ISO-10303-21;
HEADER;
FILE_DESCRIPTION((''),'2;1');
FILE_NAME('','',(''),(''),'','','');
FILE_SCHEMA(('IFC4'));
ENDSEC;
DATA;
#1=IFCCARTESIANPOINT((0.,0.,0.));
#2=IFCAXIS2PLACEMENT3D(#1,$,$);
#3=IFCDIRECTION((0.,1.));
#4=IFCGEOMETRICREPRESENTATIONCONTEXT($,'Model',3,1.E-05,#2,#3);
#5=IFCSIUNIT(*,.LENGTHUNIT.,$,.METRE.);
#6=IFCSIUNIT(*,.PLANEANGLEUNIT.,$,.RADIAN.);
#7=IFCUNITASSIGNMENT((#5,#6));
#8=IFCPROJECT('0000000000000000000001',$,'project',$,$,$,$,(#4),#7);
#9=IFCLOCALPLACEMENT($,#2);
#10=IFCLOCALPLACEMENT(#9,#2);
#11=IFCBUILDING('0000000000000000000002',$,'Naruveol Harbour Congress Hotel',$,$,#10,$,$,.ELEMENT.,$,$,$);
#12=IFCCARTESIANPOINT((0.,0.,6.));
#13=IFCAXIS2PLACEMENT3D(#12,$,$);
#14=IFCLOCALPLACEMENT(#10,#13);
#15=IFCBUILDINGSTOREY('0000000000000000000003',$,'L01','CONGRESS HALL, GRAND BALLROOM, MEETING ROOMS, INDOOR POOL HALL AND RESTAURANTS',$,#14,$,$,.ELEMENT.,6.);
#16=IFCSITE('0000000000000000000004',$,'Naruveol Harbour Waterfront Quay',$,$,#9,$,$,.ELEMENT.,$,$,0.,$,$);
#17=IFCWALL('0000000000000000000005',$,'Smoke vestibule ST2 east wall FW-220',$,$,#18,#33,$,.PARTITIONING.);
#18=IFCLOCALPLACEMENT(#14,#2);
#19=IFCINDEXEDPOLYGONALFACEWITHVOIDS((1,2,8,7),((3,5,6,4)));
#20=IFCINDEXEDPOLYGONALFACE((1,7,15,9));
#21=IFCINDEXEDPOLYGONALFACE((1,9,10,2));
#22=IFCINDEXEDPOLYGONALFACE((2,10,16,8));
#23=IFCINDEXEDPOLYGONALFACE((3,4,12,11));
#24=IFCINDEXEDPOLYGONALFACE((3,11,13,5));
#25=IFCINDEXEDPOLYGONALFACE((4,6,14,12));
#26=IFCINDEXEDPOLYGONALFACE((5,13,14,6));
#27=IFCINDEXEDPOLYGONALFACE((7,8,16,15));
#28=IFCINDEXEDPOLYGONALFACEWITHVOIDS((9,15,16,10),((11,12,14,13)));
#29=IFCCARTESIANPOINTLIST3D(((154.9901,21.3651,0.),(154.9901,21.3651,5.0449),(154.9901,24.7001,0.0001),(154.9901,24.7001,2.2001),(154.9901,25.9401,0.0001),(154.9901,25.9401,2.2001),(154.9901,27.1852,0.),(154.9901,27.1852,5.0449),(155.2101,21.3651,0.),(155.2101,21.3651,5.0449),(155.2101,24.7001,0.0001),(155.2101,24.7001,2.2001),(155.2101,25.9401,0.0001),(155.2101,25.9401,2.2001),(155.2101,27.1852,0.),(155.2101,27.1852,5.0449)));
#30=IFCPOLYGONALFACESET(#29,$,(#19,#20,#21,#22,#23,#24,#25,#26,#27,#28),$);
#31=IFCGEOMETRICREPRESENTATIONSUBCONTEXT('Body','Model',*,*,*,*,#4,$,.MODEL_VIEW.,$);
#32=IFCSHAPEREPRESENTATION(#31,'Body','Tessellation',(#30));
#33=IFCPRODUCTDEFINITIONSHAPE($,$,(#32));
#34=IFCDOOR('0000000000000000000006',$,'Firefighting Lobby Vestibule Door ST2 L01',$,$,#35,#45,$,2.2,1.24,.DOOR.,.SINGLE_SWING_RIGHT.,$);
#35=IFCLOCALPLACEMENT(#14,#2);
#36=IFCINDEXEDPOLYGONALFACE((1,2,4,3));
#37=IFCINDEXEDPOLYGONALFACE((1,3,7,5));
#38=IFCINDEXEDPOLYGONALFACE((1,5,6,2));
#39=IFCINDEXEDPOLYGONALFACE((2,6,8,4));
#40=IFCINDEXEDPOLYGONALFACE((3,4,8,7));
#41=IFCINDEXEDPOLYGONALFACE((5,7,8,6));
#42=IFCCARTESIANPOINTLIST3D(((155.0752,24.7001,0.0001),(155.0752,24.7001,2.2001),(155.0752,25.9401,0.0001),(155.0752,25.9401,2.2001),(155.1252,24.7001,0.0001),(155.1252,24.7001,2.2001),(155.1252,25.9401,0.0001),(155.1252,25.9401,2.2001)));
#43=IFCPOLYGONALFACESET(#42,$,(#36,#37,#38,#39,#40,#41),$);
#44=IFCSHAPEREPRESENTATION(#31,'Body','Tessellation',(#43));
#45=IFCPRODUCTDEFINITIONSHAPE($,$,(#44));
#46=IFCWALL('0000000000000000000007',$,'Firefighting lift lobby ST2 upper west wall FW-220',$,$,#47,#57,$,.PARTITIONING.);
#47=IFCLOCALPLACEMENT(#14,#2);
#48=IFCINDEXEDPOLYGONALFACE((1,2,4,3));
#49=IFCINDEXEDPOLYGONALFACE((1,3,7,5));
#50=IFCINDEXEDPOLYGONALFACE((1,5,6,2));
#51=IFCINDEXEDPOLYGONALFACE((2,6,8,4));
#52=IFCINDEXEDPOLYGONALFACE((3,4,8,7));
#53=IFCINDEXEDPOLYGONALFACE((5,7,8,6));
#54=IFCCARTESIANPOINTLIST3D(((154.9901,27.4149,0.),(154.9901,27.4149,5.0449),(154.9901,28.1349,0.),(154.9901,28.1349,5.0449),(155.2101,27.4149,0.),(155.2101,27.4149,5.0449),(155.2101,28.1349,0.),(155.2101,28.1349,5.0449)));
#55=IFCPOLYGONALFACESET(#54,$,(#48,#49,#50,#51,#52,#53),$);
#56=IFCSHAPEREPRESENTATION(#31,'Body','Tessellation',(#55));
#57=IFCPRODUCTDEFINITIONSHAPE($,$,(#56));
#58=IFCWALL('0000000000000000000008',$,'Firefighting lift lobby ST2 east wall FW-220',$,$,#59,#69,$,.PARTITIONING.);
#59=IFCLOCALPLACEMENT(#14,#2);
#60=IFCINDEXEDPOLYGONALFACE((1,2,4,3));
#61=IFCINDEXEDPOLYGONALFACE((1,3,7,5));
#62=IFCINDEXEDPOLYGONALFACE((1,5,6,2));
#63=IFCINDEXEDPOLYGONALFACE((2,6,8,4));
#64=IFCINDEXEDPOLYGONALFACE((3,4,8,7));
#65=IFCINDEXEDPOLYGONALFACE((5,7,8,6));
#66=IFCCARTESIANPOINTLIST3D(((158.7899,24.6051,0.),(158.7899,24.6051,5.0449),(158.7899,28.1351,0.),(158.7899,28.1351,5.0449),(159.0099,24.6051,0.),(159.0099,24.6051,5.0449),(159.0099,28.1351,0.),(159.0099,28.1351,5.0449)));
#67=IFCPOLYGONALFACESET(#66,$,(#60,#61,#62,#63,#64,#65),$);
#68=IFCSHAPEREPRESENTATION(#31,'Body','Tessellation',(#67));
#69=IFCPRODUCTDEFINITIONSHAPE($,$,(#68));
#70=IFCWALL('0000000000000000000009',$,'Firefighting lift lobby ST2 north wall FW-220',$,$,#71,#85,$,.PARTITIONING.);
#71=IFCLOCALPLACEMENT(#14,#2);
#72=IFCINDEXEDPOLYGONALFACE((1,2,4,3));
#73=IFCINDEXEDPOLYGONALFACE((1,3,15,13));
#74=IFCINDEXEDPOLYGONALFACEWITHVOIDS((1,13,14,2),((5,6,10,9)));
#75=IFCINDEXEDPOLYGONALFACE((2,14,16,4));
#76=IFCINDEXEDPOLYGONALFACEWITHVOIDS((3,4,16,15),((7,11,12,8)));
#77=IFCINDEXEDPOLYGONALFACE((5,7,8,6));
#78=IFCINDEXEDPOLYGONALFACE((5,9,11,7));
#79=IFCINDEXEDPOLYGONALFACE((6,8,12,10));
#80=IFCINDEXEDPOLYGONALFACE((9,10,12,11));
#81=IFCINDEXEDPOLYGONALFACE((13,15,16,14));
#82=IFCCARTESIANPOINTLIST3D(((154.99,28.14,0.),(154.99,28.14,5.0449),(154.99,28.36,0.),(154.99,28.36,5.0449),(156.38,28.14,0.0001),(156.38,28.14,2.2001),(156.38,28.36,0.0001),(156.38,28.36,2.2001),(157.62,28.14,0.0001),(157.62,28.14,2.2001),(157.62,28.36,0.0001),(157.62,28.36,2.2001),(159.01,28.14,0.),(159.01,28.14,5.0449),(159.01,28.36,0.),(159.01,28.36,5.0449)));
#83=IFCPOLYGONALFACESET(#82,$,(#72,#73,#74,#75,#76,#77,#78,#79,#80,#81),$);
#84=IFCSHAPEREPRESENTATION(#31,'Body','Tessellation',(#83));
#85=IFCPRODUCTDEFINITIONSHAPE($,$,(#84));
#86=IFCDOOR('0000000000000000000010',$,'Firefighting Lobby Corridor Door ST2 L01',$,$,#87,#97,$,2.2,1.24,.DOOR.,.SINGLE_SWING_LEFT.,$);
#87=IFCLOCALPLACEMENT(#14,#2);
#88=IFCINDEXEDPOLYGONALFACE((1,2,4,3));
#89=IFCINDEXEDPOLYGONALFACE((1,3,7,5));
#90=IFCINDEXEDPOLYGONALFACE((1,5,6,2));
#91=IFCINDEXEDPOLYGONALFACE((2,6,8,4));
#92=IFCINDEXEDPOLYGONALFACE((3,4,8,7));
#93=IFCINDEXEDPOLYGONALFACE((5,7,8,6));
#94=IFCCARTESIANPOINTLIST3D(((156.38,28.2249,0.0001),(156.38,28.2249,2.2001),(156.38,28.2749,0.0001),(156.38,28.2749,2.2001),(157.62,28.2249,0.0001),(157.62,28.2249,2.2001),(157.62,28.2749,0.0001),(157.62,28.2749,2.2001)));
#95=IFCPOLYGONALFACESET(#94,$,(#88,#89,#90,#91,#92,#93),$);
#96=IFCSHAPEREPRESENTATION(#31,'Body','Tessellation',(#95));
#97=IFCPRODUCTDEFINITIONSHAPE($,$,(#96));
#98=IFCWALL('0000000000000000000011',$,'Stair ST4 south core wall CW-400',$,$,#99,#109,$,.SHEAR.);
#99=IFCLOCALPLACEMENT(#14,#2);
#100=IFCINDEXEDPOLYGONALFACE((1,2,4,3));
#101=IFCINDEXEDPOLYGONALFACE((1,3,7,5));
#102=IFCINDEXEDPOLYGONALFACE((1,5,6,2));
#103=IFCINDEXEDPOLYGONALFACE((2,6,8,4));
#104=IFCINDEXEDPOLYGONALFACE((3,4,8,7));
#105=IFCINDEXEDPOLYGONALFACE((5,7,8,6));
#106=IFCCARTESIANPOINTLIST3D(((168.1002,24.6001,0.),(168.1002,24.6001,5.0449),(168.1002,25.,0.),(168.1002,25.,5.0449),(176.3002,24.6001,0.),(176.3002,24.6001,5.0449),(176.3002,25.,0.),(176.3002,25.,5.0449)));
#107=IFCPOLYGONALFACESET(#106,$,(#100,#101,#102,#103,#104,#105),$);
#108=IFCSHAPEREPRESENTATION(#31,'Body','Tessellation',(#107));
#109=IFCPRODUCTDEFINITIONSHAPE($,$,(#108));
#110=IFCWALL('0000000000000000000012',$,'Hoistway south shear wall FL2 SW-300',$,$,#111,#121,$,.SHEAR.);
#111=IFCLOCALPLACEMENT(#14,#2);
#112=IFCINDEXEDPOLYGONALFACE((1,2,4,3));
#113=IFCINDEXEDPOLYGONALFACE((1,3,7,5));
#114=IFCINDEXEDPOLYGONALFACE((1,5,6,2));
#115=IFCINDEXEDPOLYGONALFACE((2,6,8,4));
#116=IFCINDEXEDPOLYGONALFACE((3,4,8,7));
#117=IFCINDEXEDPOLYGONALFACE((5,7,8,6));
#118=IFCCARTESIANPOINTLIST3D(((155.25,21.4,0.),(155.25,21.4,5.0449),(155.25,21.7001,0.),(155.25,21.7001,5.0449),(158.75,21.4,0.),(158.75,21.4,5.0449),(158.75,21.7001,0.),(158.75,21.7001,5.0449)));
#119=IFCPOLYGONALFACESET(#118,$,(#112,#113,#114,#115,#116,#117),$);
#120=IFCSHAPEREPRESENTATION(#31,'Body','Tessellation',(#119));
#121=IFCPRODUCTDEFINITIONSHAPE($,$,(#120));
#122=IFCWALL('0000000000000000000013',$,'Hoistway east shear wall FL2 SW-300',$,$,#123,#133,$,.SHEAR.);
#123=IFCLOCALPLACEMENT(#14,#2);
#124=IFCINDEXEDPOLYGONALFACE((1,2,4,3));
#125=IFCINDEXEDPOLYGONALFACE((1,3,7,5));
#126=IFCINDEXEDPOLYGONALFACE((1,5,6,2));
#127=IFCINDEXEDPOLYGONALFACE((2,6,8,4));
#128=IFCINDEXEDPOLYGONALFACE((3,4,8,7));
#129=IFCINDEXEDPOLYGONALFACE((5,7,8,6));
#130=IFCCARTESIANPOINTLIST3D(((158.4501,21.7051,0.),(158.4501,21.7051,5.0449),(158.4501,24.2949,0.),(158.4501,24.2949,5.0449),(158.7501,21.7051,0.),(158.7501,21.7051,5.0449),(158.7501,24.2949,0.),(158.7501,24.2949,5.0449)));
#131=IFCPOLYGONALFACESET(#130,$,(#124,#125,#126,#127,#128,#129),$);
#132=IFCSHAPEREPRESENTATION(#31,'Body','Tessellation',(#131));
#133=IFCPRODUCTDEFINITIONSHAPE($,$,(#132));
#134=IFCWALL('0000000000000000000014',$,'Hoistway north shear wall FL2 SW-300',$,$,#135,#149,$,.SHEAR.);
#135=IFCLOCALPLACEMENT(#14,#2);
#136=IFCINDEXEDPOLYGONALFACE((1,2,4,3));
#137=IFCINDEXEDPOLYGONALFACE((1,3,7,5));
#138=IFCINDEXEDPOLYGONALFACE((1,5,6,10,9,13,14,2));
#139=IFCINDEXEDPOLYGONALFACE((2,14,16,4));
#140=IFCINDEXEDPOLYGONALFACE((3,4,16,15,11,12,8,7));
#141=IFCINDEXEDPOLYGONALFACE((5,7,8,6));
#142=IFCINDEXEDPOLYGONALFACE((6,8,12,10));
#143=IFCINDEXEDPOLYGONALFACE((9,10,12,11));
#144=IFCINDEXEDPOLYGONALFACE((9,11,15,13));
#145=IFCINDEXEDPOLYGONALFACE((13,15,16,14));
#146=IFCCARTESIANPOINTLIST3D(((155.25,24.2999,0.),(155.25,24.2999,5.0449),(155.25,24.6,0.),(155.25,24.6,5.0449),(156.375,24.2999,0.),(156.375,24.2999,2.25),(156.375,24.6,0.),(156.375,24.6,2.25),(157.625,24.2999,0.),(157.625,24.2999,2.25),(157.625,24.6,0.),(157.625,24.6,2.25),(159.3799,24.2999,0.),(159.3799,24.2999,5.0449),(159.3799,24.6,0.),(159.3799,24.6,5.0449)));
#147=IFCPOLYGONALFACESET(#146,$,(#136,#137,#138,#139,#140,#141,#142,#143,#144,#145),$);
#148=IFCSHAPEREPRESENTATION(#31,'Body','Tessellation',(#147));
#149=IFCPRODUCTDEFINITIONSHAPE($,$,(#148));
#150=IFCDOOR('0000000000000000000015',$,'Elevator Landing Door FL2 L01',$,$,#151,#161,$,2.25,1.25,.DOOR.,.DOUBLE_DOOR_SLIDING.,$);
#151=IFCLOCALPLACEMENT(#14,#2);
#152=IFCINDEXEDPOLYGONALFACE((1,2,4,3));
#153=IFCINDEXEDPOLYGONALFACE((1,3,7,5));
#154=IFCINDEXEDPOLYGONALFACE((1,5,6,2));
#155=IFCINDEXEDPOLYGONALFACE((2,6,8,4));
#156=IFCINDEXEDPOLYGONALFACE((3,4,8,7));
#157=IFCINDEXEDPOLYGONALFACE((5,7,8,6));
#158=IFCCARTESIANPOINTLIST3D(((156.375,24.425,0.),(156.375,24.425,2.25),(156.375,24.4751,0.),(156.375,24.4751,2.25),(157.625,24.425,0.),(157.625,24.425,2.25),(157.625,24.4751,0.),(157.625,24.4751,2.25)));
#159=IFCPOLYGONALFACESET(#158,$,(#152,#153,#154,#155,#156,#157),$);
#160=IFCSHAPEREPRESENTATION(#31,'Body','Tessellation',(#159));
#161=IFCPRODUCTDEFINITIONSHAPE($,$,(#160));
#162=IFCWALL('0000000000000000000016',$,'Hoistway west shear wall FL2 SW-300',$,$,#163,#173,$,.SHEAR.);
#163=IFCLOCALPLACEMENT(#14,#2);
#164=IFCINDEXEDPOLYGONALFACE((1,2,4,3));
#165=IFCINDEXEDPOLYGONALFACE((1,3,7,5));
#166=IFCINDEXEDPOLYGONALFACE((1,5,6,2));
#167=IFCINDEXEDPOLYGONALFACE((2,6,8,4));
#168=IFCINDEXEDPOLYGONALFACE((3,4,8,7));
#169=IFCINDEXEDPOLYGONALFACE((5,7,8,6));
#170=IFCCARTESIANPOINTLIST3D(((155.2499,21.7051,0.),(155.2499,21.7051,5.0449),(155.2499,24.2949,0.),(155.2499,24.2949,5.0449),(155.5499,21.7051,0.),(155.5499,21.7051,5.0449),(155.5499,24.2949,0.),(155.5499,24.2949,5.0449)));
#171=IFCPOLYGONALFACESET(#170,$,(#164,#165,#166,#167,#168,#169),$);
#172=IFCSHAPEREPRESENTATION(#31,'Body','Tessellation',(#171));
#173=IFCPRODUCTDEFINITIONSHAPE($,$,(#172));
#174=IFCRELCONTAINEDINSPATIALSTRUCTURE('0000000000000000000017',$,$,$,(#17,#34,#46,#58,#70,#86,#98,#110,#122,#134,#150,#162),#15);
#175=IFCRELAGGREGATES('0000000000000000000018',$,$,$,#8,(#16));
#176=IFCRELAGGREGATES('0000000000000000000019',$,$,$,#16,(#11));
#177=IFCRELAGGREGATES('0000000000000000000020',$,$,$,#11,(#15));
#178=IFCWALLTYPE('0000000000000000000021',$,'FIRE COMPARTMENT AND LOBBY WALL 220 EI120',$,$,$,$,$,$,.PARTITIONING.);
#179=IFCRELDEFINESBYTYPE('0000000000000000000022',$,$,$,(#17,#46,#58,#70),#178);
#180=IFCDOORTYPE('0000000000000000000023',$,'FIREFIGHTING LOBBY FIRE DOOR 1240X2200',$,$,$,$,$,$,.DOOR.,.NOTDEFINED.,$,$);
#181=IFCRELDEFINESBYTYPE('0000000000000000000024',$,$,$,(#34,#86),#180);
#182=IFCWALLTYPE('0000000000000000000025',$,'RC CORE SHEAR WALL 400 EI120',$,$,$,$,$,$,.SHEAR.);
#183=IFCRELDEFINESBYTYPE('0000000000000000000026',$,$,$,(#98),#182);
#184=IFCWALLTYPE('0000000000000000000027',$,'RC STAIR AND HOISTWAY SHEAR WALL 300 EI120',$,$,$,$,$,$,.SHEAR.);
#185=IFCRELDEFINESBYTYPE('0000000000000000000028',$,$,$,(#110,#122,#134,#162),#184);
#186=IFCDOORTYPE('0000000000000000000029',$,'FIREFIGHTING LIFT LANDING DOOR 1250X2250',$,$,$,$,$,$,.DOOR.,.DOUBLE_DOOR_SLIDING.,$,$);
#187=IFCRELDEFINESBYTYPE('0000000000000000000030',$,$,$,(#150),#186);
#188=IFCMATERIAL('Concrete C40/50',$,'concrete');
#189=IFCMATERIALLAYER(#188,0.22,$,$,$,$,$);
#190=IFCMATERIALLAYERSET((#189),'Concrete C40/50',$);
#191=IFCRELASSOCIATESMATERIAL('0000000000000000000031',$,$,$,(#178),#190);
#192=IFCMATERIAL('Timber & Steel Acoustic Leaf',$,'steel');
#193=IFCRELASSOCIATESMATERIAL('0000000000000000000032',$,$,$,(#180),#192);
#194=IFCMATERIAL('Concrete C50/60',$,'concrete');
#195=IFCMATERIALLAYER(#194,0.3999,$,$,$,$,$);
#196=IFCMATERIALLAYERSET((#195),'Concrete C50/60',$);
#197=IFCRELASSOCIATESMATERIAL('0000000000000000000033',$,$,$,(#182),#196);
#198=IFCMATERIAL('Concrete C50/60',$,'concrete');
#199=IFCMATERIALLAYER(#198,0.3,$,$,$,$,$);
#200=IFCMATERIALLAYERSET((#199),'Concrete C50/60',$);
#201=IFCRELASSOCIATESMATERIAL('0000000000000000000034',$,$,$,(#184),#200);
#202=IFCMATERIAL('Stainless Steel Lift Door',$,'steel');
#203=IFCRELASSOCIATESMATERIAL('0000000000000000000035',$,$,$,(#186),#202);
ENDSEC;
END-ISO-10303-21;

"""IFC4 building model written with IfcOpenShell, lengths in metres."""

from ifc_helpers import new_model, si_unit, direction, frame, frame_2d, origin, place, context, subcontext, project, spatial, rectangle, extrude, material, layer, layer_set, type_object, element, fill, save


model = new_model("IFC4")

# Units and contexts
model_context = context("Model", 3, precision=1e-05, world=origin(), true_north=direction((0.0, 1.0)))
body_context = subcontext(model_context, "Body", "Model", "MODEL_VIEW")
ifc_project = project(units=[si_unit("LENGTHUNIT", "METRE"), si_unit("PLANEANGLEUNIT", "RADIAN")], contexts=[model_context])

# Site, building, storey
site_placement = place(None, origin())
site = spatial("IfcSite", under=ifc_project, at=site_placement, Name="Naruveol Harbour Waterfront Quay", CompositionType="ELEMENT", RefElevation=0.0)
building_placement = place(site_placement, origin())
building = spatial("IfcBuilding", under=site, at=building_placement, Name="Naruveol Harbour Congress Hotel", CompositionType="ELEMENT")
storey_placement = place(building_placement, frame((0.0, 0.0, 6.0)))
storey = spatial("IfcBuildingStorey", under=building, at=storey_placement, Name="L01", Description="CONGRESS HALL, GRAND BALLROOM, MEETING ROOMS, INDOOR POOL HALL AND RESTAURANTS", CompositionType="ELEMENT", Elevation=6.0)

# Wall, opening, door
ifc_material_1 = material(Name="Concrete C40/50", Category="concrete")
ifc_layer_1 = layer(ifc_material_1, 0.22)
ifc_layer_set_1 = layer_set([ifc_layer_1], Name="Concrete C40/50")
wall_type_1 = type_object("IfcWallType", Name="FIRE COMPARTMENT AND LOBBY WALL 220 EI120", PredefinedType="PARTITIONING", material=ifc_layer_set_1)
wall_1_placement = place(storey_placement, frame((155.1001, 21.365, 0.0), z_axis=(0.0, 0.0, 1.0), x_axis=(0.0, 1.0, 0.0)))
wall_1 = element("IfcWall", 1, at=wall_1_placement, inside=storey, type_object=wall_type_1, Name="Smoke vestibule ST2 east wall FW-220", PredefinedType="PARTITIONING", context=body_context, shape_type="SweptSolid", body=[
    extrude(rectangle(XDim=5.8201, YDim=0.22, at=frame_2d((2.9102, 0.0))), origin(), (0.0, 0.0, 1.0), 5.0449),
])
opening_1_placement = place(wall_1_placement, frame((3.335, 0.0, 0.0)))
opening_1 = element("IfcOpeningElement", 2, at=opening_1_placement, cuts=wall_1, PredefinedType="OPENING", context=body_context, shape_type="SweptSolid", body=[
    extrude(rectangle(XDim=1.24, YDim=2.2, at=frame_2d((0.6201, 1.1001))), frame((0.0, 0.1199, 0.0), z_axis=(0.0, -1.0, 0.0), x_axis=(1.0, 0.0, 0.0)), (0.0, 0.0, 1.0), 0.24),
])
ifc_material_2 = material(Name="Timber & Steel Acoustic Leaf", Category="steel")
door_type_1 = type_object("IfcDoorType", Name="FIREFIGHTING LOBBY FIRE DOOR 1240X2200", OperationType="NOTDEFINED", PredefinedType="DOOR", material=ifc_material_2)
door_1_placement = place(opening_1_placement, origin())
door_1 = element("IfcDoor", 3, at=door_1_placement, inside=storey, type_object=door_type_1, Name="Firefighting Lobby Vestibule Door ST2 L01", OperationType="SINGLE_SWING_RIGHT", OverallHeight=2.2, OverallWidth=1.24, PredefinedType="DOOR", context=body_context, shape_type="SweptSolid", body=[
    extrude(rectangle(XDim=1.24, YDim=2.2, at=frame_2d((0.6201, 1.1001))), frame((0.0, 0.0249, 0.0), z_axis=(0.0, -1.0, 0.0), x_axis=(1.0, 0.0, 0.0)), (0.0, 0.0, 1.0), 0.05),
])
fill(opening_1, door_1)

# Walls
wall_2_placement = place(storey_placement, frame((155.1001, 27.415, 0.0), z_axis=(0.0, 0.0, 1.0), x_axis=(0.0, 1.0, 0.0)))
element("IfcWall", 4, at=wall_2_placement, inside=storey, type_object=wall_type_1, Name="Firefighting lift lobby ST2 upper west wall FW-220", PredefinedType="PARTITIONING", context=body_context, shape_type="SweptSolid", body=[
    extrude(rectangle(XDim=0.72, YDim=0.22, at=frame_2d((0.3599, 0.0))), origin(), (0.0, 0.0, 1.0), 5.0449),
])
wall_3_placement = place(storey_placement, frame((158.8999, 24.605, 0.0), z_axis=(0.0, 0.0, 1.0), x_axis=(0.0, 1.0, 0.0)))
element("IfcWall", 5, at=wall_3_placement, inside=storey, type_object=wall_type_1, Name="Firefighting lift lobby ST2 east wall FW-220", PredefinedType="PARTITIONING", context=body_context, shape_type="SweptSolid", body=[
    extrude(rectangle(XDim=3.53, YDim=0.22, at=frame_2d((1.7651, 0.0))), origin(), (0.0, 0.0, 1.0), 5.0449),
])

# Wall, opening, door
wall_4_placement = place(storey_placement, frame((154.99, 28.25, 0.0), z_axis=(0.0, 0.0, 1.0), x_axis=(1.0, 0.0, 0.0)))
wall_4 = element("IfcWall", 6, at=wall_4_placement, inside=storey, type_object=wall_type_1, Name="Firefighting lift lobby ST2 north wall FW-220", PredefinedType="PARTITIONING", context=body_context, shape_type="SweptSolid", body=[
    extrude(rectangle(XDim=4.02, YDim=0.22, at=frame_2d((2.01, 0.0))), origin(), (0.0, 0.0, 1.0), 5.0449),
])
opening_2_placement = place(wall_4_placement, frame((1.3899, 0.0, 0.0)))
opening_2 = element("IfcOpeningElement", 7, at=opening_2_placement, cuts=wall_4, PredefinedType="OPENING", context=body_context, shape_type="SweptSolid", body=[
    extrude(rectangle(XDim=1.24, YDim=2.2, at=frame_2d((0.6201, 1.1001))), frame((0.0, 0.1199, 0.0), z_axis=(0.0, -1.0, 0.0), x_axis=(1.0, 0.0, 0.0)), (0.0, 0.0, 1.0), 0.24),
])
door_2_placement = place(opening_2_placement, origin())
door_2 = element("IfcDoor", 8, at=door_2_placement, inside=storey, type_object=door_type_1, Name="Firefighting Lobby Corridor Door ST2 L01", OperationType="SINGLE_SWING_LEFT", OverallHeight=2.2, OverallWidth=1.24, PredefinedType="DOOR", context=body_context, shape_type="SweptSolid", body=[
    extrude(rectangle(XDim=1.24, YDim=2.2, at=frame_2d((0.6201, 1.1001))), frame((0.0, 0.0249, 0.0), z_axis=(0.0, -1.0, 0.0), x_axis=(1.0, 0.0, 0.0)), (0.0, 0.0, 1.0), 0.05),
])
fill(opening_2, door_2)

# Walls
ifc_material_3 = material(Name="Concrete C50/60", Category="concrete")
ifc_layer_2 = layer(ifc_material_3, 0.3999)
ifc_layer_set_2 = layer_set([ifc_layer_2], Name="Concrete C50/60")
wall_type_2 = type_object("IfcWallType", Name="RC CORE SHEAR WALL 400 EI120", PredefinedType="SHEAR", material=ifc_layer_set_2)
wall_5_placement = place(storey_placement, frame((168.1001, 24.8, 0.0), z_axis=(0.0, 0.0, 1.0), x_axis=(1.0, 0.0, 0.0)))
element("IfcWall", 9, at=wall_5_placement, inside=storey, type_object=wall_type_2, Name="Stair ST4 south core wall CW-400", PredefinedType="SHEAR", context=body_context, shape_type="SweptSolid", body=[
    extrude(rectangle(XDim=8.2, YDim=0.3999, at=frame_2d((4.1001, 0.0))), origin(), (0.0, 0.0, 1.0), 5.0449),
])
ifc_material_4 = material(Name="Concrete C50/60", Category="concrete")
ifc_layer_3 = layer(ifc_material_4, 0.3)
ifc_layer_set_3 = layer_set([ifc_layer_3], Name="Concrete C50/60")
wall_type_3 = type_object("IfcWallType", Name="RC STAIR AND HOISTWAY SHEAR WALL 300 EI120", PredefinedType="SHEAR", material=ifc_layer_set_3)
wall_6_placement = place(storey_placement, frame((155.25, 21.55, 0.0), z_axis=(0.0, 0.0, 1.0), x_axis=(1.0, 0.0, 0.0)))
element("IfcWall", 10, at=wall_6_placement, inside=storey, type_object=wall_type_3, Name="Hoistway south shear wall FL2 SW-300", PredefinedType="SHEAR", context=body_context, shape_type="SweptSolid", body=[
    extrude(rectangle(XDim=3.5, YDim=0.3, at=frame_2d((1.75, 0.0))), origin(), (0.0, 0.0, 1.0), 5.0449),
])
wall_7_placement = place(storey_placement, frame((158.6001, 21.7051, 0.0), z_axis=(0.0, 0.0, 1.0), x_axis=(0.0, 1.0, 0.0)))
element("IfcWall", 11, at=wall_7_placement, inside=storey, type_object=wall_type_3, Name="Hoistway east shear wall FL2 SW-300", PredefinedType="SHEAR", context=body_context, shape_type="SweptSolid", body=[
    extrude(rectangle(XDim=2.5898, YDim=0.3, at=frame_2d((1.2949, 0.0))), origin(), (0.0, 0.0, 1.0), 5.0449),
])

# Wall, opening, door
wall_8_placement = place(storey_placement, frame((159.3799, 24.45, 0.0), z_axis=(0.0, 0.0, 1.0), x_axis=(-1.0, 0.0, 0.0)))
wall_8 = element("IfcWall", 12, at=wall_8_placement, inside=storey, type_object=wall_type_3, Name="Hoistway north shear wall FL2 SW-300", PredefinedType="SHEAR", context=body_context, shape_type="SweptSolid", body=[
    extrude(rectangle(XDim=4.1299, YDim=0.3, at=frame_2d((2.0649, 0.0))), origin(), (0.0, 0.0, 1.0), 5.0449),
])
opening_3_placement = place(wall_8_placement, frame((1.7549, 0.0, 0.0)))
opening_3 = element("IfcOpeningElement", 13, at=opening_3_placement, cuts=wall_8, PredefinedType="OPENING", context=body_context, shape_type="SweptSolid", body=[
    extrude(rectangle(XDim=1.25, YDim=2.25, at=frame_2d((0.625, 1.125))), frame((0.0, 0.1599, 0.0), z_axis=(0.0, -1.0, 0.0), x_axis=(1.0, 0.0, 0.0)), (0.0, 0.0, 1.0), 0.3201),
])
ifc_material_5 = material(Name="Stainless Steel Lift Door", Category="steel")
door_type_2 = type_object("IfcDoorType", Name="FIREFIGHTING LIFT LANDING DOOR 1250X2250", OperationType="DOUBLE_DOOR_SLIDING", PredefinedType="DOOR", material=ifc_material_5)
door_3_placement = place(opening_3_placement, origin())
door_3 = element("IfcDoor", 14, at=door_3_placement, inside=storey, type_object=door_type_2, Name="Elevator Landing Door FL2 L01", OperationType="DOUBLE_DOOR_SLIDING", OverallHeight=2.25, OverallWidth=1.25, PredefinedType="DOOR", context=body_context, shape_type="SweptSolid", body=[
    extrude(rectangle(XDim=1.25, YDim=2.25, at=frame_2d((0.625, 1.125))), frame((0.0, 0.0249, 0.0), z_axis=(0.0, -1.0, 0.0), x_axis=(1.0, 0.0, 0.0)), (0.0, 0.0, 1.0), 0.05),
])
fill(opening_3, door_3)

# Wall
wall_9_placement = place(storey_placement, frame((155.3999, 24.2949, 0.0), z_axis=(0.0, 0.0, 1.0), x_axis=(0.0, -1.0, 0.0)))
element("IfcWall", 15, at=wall_9_placement, inside=storey, type_object=wall_type_3, Name="Hoistway west shear wall FL2 SW-300", PredefinedType="SHEAR", context=body_context, shape_type="SweptSolid", body=[
    extrude(rectangle(XDim=2.5898, YDim=0.3, at=frame_2d((1.2949, 0.0))), origin(), (0.0, 0.0, 1.0), 5.0449),
])

save(model, "model.ifc")
